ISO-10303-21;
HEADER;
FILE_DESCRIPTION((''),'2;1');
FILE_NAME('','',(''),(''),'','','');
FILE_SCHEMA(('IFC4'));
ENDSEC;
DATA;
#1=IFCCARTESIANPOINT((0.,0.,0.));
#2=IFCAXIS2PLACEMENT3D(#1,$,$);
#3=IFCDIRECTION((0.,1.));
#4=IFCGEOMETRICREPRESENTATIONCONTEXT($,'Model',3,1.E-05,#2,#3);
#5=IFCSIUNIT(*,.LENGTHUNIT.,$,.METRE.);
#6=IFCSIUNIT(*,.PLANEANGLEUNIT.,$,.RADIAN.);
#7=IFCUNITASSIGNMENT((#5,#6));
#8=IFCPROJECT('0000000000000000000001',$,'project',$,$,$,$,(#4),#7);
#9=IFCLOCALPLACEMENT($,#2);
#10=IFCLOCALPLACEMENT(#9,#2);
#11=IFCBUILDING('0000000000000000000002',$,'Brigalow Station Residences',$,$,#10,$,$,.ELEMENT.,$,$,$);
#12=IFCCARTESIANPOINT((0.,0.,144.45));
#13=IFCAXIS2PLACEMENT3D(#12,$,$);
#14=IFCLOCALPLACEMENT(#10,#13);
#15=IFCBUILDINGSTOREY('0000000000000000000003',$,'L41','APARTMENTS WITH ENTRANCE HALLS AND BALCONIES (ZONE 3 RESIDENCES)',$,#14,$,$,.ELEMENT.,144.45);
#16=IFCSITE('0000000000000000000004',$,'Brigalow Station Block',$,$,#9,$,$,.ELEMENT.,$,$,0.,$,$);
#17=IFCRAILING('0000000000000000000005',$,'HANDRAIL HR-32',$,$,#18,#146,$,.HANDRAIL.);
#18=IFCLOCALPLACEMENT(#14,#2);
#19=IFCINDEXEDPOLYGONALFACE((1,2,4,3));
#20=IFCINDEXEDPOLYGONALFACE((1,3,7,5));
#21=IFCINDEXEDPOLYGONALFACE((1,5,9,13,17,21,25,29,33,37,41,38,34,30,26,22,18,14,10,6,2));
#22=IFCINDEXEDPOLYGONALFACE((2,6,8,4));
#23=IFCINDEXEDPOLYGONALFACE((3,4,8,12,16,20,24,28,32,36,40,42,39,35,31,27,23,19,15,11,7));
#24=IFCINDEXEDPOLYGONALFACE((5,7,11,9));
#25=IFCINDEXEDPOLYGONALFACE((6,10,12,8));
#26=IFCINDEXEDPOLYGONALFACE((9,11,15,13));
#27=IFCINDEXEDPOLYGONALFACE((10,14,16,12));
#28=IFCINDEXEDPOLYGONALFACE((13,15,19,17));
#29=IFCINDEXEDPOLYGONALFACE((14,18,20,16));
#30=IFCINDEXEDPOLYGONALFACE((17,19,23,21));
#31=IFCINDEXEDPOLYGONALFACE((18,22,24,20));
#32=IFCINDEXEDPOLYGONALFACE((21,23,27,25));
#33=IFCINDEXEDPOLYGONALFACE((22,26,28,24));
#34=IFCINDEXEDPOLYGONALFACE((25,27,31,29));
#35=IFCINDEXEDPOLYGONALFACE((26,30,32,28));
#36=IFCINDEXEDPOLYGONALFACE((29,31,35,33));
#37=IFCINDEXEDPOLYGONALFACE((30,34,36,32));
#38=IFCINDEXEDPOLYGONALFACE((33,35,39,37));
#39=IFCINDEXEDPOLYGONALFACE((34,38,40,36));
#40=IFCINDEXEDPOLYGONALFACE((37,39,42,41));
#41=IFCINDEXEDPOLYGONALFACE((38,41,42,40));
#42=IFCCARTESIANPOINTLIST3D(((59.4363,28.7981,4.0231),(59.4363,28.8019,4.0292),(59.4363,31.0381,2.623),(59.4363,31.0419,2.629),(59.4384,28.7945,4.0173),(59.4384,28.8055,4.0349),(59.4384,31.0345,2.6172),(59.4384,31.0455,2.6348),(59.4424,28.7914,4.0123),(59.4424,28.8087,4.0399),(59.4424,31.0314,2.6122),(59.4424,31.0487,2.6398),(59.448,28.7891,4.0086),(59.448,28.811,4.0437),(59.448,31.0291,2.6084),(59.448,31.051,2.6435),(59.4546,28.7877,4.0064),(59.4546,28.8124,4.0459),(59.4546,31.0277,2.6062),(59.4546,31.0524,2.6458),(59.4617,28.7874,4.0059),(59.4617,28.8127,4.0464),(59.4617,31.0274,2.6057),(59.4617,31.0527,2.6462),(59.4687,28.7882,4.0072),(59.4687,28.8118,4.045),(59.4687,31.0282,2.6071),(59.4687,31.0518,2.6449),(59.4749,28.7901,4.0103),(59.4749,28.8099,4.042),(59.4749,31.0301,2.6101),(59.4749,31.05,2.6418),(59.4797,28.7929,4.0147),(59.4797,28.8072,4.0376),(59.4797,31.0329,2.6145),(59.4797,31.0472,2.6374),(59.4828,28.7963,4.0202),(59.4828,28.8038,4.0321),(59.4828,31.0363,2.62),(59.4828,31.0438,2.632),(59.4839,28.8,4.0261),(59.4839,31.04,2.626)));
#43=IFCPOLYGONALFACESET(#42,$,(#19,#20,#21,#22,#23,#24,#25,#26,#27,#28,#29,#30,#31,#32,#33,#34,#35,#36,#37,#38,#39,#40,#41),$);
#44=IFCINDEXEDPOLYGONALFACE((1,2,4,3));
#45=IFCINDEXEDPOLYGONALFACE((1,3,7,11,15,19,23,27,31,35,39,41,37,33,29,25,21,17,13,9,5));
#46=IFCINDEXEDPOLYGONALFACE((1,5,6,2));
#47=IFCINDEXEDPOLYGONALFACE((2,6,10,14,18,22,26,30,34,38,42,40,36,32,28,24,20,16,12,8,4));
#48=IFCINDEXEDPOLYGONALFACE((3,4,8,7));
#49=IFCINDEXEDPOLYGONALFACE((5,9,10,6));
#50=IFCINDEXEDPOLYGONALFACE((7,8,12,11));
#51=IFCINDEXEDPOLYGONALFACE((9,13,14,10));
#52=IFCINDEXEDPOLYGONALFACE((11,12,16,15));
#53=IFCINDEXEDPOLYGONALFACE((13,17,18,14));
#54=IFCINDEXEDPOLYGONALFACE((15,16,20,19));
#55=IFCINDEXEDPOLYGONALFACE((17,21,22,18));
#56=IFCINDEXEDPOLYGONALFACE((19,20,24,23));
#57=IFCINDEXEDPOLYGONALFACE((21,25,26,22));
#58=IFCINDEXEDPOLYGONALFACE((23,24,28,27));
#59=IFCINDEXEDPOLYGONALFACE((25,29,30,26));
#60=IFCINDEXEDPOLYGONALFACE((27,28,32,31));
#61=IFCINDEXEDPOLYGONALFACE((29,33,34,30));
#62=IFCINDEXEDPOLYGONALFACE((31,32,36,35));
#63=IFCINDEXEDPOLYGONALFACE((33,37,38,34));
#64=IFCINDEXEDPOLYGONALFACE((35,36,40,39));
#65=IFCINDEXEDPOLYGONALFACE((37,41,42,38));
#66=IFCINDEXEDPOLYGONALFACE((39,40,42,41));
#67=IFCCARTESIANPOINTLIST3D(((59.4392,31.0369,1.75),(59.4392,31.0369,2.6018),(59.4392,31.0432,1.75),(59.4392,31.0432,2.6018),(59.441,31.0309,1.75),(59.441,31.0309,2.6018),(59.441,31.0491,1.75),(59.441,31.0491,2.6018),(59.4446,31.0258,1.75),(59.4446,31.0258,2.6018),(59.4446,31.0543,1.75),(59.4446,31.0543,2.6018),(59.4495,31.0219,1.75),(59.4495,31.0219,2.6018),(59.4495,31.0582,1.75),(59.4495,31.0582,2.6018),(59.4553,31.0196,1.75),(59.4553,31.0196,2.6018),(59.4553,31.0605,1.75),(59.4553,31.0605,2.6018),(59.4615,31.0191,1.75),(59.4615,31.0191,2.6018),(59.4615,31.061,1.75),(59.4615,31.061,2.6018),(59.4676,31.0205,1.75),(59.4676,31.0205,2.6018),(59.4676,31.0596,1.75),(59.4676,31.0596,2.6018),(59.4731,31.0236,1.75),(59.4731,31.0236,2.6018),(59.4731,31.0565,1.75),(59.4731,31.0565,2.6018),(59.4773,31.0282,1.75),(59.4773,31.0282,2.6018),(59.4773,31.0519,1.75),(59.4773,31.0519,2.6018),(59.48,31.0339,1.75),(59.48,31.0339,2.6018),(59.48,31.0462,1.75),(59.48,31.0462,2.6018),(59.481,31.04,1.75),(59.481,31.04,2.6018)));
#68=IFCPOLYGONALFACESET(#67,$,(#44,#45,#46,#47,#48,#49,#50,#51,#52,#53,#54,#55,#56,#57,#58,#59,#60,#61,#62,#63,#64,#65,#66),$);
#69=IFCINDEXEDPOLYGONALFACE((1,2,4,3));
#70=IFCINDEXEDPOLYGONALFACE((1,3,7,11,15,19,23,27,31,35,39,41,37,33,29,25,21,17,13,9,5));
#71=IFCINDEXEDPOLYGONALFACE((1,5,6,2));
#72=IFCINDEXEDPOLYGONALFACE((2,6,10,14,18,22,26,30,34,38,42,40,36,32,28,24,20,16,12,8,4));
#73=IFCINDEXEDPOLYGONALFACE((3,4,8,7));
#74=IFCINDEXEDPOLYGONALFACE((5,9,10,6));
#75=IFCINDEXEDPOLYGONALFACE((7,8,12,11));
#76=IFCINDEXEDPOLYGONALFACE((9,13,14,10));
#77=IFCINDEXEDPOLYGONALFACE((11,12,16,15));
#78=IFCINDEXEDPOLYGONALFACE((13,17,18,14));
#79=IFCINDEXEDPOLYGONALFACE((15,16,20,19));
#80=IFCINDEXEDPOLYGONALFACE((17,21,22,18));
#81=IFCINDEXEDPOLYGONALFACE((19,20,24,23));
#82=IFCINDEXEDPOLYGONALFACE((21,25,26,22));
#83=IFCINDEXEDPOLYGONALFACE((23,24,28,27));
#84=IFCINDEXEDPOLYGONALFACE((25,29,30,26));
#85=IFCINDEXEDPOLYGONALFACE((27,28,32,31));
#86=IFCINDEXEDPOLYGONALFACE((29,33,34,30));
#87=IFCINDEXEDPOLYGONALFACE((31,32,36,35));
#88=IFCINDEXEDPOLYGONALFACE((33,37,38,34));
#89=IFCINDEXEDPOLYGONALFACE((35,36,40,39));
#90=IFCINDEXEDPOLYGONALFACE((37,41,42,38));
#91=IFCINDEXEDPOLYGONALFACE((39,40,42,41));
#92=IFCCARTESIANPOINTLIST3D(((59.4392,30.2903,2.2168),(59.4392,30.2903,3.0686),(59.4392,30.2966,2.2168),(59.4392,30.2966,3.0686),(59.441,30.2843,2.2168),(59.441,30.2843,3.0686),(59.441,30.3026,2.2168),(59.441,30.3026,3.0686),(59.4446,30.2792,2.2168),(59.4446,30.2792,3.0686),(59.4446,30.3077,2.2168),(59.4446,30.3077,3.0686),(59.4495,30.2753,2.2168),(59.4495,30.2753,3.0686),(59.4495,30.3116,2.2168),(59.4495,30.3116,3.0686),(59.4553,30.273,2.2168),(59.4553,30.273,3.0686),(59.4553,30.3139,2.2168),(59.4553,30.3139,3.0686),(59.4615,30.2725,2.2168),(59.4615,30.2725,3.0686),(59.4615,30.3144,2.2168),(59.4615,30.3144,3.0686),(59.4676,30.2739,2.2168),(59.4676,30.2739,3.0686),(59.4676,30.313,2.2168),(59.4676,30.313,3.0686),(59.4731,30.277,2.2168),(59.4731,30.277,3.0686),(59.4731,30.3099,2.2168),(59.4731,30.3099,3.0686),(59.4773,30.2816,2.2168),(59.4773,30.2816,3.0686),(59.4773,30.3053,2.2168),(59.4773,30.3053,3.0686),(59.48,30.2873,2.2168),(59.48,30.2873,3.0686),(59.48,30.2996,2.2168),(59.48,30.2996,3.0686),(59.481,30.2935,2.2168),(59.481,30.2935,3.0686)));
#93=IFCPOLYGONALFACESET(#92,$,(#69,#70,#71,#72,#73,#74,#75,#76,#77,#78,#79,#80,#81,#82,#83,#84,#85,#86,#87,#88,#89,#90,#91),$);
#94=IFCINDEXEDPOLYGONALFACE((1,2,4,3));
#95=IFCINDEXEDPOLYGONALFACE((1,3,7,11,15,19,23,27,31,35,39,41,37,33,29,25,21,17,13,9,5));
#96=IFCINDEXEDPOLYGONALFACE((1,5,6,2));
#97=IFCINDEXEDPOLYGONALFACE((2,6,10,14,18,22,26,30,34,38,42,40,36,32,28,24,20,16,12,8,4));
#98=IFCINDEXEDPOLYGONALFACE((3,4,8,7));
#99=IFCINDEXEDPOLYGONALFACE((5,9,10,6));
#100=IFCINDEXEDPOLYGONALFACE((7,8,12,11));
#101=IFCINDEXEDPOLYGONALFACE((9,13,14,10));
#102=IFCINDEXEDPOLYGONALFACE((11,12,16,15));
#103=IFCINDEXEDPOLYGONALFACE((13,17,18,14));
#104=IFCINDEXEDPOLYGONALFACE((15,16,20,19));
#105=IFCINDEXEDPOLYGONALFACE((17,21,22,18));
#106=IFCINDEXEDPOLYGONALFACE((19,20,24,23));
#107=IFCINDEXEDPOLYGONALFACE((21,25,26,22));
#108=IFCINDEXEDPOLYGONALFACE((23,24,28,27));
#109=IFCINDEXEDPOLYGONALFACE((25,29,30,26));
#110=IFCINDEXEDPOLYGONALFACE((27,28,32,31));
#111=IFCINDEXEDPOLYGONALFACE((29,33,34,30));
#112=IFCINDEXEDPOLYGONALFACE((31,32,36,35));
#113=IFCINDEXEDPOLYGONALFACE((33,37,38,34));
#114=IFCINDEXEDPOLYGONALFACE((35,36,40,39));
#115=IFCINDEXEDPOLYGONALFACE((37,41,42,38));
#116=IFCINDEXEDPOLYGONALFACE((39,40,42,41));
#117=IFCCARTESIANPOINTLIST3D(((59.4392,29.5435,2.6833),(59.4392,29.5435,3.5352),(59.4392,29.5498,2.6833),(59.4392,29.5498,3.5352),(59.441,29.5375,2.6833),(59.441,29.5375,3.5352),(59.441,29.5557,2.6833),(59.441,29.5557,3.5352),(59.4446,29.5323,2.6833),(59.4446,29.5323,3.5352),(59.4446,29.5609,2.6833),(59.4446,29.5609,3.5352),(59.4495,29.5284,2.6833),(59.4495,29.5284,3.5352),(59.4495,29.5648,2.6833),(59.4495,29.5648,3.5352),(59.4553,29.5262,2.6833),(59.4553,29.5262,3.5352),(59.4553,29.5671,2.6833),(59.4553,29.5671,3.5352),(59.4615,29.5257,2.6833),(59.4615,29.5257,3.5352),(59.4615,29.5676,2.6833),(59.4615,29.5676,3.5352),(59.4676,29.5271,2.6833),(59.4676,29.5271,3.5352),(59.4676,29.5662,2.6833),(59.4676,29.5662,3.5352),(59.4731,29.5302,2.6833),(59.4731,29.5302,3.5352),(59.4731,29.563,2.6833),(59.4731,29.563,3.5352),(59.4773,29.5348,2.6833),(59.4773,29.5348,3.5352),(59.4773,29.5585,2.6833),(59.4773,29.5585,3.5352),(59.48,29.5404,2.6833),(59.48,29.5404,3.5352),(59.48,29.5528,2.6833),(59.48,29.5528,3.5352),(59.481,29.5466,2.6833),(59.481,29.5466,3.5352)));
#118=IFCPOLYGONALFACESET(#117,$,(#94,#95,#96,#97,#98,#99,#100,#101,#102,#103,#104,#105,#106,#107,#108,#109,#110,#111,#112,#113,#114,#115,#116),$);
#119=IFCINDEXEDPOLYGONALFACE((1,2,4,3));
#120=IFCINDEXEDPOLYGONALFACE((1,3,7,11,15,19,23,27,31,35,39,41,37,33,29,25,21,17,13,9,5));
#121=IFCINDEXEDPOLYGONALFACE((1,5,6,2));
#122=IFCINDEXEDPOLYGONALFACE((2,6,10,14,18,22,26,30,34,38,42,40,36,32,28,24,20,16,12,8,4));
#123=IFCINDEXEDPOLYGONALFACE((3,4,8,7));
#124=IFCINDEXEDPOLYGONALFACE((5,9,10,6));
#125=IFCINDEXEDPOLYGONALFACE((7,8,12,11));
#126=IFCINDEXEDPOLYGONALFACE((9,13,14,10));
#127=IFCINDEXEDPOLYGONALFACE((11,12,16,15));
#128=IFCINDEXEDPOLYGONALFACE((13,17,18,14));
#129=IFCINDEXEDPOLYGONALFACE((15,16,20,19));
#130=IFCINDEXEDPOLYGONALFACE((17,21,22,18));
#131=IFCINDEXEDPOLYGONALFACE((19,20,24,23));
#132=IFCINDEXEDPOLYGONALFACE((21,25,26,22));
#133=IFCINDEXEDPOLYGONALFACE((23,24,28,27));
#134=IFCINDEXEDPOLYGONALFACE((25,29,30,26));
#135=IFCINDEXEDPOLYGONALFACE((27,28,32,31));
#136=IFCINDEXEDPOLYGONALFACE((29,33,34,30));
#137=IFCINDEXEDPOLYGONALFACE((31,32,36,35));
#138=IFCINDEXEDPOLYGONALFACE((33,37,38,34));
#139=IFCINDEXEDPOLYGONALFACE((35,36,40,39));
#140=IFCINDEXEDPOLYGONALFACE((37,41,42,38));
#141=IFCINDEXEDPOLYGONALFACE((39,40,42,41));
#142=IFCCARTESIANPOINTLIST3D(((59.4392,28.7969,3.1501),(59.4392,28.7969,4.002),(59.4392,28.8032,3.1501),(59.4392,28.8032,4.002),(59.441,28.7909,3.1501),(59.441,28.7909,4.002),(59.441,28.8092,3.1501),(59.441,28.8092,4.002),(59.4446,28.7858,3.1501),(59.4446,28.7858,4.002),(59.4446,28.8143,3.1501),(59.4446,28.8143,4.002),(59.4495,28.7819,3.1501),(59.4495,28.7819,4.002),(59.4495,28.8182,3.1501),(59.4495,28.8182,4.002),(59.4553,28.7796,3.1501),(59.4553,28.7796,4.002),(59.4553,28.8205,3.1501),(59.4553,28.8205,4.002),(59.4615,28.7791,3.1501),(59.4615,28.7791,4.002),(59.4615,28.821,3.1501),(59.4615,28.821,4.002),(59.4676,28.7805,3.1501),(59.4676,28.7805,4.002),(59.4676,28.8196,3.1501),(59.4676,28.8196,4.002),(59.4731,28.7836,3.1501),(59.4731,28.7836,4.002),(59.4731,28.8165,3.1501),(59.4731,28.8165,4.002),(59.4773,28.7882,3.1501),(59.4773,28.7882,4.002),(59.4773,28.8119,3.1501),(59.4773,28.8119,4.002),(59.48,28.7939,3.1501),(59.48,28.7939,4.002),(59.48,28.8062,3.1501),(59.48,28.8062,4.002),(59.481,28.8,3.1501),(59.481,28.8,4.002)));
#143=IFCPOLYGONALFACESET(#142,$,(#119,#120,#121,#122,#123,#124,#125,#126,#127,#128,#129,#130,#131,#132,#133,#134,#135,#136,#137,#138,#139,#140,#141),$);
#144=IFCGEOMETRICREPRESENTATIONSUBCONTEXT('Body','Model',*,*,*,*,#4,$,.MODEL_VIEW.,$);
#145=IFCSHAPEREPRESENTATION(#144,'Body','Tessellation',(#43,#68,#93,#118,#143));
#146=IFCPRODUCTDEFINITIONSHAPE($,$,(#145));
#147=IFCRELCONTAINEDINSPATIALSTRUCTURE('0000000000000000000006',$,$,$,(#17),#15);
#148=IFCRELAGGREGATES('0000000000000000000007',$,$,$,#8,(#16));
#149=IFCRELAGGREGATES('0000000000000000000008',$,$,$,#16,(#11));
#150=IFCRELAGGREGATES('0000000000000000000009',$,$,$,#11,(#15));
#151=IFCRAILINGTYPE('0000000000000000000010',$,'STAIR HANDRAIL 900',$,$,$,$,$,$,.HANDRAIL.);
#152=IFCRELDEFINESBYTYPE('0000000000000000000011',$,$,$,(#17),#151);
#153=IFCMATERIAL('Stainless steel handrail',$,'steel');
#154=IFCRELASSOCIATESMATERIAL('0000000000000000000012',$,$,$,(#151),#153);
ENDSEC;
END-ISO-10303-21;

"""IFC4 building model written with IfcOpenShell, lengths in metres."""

from ifc_helpers import new_model, si_unit, direction, frame, origin, origin_2d, place, context, subcontext, project, spatial, circle, extrude, material, type_object, element, save


model = new_model("IFC4")

# Units and contexts
model_context = context("Model", 3, precision=1e-05, world=origin(), true_north=direction((0.0, 1.0)))
body_context = subcontext(model_context, "Body", "Model", "MODEL_VIEW")
ifc_project = project(units=[si_unit("LENGTHUNIT", "METRE"), si_unit("PLANEANGLEUNIT", "RADIAN")], contexts=[model_context])

# Site, building, storey
site_placement = place(None, origin())
site = spatial("IfcSite", under=ifc_project, at=site_placement, Name="Brigalow Station Block", CompositionType="ELEMENT", RefElevation=0.0)
building_placement = place(site_placement, origin())
building = spatial("IfcBuilding", under=site, at=building_placement, Name="Brigalow Station Residences", CompositionType="ELEMENT")
storey_placement = place(building_placement, frame((0.0, 0.0, 144.45)))
storey = spatial("IfcBuildingStorey", under=building, at=storey_placement, Name="L41", Description="APARTMENTS WITH ENTRANCE HALLS AND BALCONIES (ZONE 3 RESIDENCES)", CompositionType="ELEMENT", Elevation=144.45)

# Railing
ifc_material_1 = material(Name="Stainless steel handrail", Category="steel")
railing_type_1 = type_object("IfcRailingType", Name="STAIR HANDRAIL 900", PredefinedType="HANDRAIL", material=ifc_material_1)
railing_1_placement = place(storey_placement, frame((59.46, 31.04, 1.75)))
element("IfcRailing", 1, at=railing_1_placement, inside=storey, type_object=railing_type_1, Name="HANDRAIL HR-32", PredefinedType="HANDRAIL", context=body_context, shape_type="SweptSolid", body=[
    extrude(circle(Radius=0.0239, at=origin_2d()), frame((0.0, 0.0, 0.876), z_axis=(0.0, -0.847972, 0.53004), x_axis=(1.0, 0.0, 0.0)), (0.0, 0.0, 1.0), 2.6416),
    extrude(circle(Radius=0.021, at=origin_2d()), origin(), (0.0, 0.0, 1.0), 0.8518),
    extrude(circle(Radius=0.021, at=origin_2d()), frame((0.0, -0.7466, 0.4668)), (0.0, 0.0, 1.0), 0.8518),
    extrude(circle(Radius=0.021, at=origin_2d()), frame((0.0, -1.4934, 0.9333)), (0.0, 0.0, 1.0), 0.8518),
    extrude(circle(Radius=0.021, at=origin_2d()), frame((0.0, -2.24, 1.4001)), (0.0, 0.0, 1.0), 0.8518),
])

save(model, "model.ifc")
